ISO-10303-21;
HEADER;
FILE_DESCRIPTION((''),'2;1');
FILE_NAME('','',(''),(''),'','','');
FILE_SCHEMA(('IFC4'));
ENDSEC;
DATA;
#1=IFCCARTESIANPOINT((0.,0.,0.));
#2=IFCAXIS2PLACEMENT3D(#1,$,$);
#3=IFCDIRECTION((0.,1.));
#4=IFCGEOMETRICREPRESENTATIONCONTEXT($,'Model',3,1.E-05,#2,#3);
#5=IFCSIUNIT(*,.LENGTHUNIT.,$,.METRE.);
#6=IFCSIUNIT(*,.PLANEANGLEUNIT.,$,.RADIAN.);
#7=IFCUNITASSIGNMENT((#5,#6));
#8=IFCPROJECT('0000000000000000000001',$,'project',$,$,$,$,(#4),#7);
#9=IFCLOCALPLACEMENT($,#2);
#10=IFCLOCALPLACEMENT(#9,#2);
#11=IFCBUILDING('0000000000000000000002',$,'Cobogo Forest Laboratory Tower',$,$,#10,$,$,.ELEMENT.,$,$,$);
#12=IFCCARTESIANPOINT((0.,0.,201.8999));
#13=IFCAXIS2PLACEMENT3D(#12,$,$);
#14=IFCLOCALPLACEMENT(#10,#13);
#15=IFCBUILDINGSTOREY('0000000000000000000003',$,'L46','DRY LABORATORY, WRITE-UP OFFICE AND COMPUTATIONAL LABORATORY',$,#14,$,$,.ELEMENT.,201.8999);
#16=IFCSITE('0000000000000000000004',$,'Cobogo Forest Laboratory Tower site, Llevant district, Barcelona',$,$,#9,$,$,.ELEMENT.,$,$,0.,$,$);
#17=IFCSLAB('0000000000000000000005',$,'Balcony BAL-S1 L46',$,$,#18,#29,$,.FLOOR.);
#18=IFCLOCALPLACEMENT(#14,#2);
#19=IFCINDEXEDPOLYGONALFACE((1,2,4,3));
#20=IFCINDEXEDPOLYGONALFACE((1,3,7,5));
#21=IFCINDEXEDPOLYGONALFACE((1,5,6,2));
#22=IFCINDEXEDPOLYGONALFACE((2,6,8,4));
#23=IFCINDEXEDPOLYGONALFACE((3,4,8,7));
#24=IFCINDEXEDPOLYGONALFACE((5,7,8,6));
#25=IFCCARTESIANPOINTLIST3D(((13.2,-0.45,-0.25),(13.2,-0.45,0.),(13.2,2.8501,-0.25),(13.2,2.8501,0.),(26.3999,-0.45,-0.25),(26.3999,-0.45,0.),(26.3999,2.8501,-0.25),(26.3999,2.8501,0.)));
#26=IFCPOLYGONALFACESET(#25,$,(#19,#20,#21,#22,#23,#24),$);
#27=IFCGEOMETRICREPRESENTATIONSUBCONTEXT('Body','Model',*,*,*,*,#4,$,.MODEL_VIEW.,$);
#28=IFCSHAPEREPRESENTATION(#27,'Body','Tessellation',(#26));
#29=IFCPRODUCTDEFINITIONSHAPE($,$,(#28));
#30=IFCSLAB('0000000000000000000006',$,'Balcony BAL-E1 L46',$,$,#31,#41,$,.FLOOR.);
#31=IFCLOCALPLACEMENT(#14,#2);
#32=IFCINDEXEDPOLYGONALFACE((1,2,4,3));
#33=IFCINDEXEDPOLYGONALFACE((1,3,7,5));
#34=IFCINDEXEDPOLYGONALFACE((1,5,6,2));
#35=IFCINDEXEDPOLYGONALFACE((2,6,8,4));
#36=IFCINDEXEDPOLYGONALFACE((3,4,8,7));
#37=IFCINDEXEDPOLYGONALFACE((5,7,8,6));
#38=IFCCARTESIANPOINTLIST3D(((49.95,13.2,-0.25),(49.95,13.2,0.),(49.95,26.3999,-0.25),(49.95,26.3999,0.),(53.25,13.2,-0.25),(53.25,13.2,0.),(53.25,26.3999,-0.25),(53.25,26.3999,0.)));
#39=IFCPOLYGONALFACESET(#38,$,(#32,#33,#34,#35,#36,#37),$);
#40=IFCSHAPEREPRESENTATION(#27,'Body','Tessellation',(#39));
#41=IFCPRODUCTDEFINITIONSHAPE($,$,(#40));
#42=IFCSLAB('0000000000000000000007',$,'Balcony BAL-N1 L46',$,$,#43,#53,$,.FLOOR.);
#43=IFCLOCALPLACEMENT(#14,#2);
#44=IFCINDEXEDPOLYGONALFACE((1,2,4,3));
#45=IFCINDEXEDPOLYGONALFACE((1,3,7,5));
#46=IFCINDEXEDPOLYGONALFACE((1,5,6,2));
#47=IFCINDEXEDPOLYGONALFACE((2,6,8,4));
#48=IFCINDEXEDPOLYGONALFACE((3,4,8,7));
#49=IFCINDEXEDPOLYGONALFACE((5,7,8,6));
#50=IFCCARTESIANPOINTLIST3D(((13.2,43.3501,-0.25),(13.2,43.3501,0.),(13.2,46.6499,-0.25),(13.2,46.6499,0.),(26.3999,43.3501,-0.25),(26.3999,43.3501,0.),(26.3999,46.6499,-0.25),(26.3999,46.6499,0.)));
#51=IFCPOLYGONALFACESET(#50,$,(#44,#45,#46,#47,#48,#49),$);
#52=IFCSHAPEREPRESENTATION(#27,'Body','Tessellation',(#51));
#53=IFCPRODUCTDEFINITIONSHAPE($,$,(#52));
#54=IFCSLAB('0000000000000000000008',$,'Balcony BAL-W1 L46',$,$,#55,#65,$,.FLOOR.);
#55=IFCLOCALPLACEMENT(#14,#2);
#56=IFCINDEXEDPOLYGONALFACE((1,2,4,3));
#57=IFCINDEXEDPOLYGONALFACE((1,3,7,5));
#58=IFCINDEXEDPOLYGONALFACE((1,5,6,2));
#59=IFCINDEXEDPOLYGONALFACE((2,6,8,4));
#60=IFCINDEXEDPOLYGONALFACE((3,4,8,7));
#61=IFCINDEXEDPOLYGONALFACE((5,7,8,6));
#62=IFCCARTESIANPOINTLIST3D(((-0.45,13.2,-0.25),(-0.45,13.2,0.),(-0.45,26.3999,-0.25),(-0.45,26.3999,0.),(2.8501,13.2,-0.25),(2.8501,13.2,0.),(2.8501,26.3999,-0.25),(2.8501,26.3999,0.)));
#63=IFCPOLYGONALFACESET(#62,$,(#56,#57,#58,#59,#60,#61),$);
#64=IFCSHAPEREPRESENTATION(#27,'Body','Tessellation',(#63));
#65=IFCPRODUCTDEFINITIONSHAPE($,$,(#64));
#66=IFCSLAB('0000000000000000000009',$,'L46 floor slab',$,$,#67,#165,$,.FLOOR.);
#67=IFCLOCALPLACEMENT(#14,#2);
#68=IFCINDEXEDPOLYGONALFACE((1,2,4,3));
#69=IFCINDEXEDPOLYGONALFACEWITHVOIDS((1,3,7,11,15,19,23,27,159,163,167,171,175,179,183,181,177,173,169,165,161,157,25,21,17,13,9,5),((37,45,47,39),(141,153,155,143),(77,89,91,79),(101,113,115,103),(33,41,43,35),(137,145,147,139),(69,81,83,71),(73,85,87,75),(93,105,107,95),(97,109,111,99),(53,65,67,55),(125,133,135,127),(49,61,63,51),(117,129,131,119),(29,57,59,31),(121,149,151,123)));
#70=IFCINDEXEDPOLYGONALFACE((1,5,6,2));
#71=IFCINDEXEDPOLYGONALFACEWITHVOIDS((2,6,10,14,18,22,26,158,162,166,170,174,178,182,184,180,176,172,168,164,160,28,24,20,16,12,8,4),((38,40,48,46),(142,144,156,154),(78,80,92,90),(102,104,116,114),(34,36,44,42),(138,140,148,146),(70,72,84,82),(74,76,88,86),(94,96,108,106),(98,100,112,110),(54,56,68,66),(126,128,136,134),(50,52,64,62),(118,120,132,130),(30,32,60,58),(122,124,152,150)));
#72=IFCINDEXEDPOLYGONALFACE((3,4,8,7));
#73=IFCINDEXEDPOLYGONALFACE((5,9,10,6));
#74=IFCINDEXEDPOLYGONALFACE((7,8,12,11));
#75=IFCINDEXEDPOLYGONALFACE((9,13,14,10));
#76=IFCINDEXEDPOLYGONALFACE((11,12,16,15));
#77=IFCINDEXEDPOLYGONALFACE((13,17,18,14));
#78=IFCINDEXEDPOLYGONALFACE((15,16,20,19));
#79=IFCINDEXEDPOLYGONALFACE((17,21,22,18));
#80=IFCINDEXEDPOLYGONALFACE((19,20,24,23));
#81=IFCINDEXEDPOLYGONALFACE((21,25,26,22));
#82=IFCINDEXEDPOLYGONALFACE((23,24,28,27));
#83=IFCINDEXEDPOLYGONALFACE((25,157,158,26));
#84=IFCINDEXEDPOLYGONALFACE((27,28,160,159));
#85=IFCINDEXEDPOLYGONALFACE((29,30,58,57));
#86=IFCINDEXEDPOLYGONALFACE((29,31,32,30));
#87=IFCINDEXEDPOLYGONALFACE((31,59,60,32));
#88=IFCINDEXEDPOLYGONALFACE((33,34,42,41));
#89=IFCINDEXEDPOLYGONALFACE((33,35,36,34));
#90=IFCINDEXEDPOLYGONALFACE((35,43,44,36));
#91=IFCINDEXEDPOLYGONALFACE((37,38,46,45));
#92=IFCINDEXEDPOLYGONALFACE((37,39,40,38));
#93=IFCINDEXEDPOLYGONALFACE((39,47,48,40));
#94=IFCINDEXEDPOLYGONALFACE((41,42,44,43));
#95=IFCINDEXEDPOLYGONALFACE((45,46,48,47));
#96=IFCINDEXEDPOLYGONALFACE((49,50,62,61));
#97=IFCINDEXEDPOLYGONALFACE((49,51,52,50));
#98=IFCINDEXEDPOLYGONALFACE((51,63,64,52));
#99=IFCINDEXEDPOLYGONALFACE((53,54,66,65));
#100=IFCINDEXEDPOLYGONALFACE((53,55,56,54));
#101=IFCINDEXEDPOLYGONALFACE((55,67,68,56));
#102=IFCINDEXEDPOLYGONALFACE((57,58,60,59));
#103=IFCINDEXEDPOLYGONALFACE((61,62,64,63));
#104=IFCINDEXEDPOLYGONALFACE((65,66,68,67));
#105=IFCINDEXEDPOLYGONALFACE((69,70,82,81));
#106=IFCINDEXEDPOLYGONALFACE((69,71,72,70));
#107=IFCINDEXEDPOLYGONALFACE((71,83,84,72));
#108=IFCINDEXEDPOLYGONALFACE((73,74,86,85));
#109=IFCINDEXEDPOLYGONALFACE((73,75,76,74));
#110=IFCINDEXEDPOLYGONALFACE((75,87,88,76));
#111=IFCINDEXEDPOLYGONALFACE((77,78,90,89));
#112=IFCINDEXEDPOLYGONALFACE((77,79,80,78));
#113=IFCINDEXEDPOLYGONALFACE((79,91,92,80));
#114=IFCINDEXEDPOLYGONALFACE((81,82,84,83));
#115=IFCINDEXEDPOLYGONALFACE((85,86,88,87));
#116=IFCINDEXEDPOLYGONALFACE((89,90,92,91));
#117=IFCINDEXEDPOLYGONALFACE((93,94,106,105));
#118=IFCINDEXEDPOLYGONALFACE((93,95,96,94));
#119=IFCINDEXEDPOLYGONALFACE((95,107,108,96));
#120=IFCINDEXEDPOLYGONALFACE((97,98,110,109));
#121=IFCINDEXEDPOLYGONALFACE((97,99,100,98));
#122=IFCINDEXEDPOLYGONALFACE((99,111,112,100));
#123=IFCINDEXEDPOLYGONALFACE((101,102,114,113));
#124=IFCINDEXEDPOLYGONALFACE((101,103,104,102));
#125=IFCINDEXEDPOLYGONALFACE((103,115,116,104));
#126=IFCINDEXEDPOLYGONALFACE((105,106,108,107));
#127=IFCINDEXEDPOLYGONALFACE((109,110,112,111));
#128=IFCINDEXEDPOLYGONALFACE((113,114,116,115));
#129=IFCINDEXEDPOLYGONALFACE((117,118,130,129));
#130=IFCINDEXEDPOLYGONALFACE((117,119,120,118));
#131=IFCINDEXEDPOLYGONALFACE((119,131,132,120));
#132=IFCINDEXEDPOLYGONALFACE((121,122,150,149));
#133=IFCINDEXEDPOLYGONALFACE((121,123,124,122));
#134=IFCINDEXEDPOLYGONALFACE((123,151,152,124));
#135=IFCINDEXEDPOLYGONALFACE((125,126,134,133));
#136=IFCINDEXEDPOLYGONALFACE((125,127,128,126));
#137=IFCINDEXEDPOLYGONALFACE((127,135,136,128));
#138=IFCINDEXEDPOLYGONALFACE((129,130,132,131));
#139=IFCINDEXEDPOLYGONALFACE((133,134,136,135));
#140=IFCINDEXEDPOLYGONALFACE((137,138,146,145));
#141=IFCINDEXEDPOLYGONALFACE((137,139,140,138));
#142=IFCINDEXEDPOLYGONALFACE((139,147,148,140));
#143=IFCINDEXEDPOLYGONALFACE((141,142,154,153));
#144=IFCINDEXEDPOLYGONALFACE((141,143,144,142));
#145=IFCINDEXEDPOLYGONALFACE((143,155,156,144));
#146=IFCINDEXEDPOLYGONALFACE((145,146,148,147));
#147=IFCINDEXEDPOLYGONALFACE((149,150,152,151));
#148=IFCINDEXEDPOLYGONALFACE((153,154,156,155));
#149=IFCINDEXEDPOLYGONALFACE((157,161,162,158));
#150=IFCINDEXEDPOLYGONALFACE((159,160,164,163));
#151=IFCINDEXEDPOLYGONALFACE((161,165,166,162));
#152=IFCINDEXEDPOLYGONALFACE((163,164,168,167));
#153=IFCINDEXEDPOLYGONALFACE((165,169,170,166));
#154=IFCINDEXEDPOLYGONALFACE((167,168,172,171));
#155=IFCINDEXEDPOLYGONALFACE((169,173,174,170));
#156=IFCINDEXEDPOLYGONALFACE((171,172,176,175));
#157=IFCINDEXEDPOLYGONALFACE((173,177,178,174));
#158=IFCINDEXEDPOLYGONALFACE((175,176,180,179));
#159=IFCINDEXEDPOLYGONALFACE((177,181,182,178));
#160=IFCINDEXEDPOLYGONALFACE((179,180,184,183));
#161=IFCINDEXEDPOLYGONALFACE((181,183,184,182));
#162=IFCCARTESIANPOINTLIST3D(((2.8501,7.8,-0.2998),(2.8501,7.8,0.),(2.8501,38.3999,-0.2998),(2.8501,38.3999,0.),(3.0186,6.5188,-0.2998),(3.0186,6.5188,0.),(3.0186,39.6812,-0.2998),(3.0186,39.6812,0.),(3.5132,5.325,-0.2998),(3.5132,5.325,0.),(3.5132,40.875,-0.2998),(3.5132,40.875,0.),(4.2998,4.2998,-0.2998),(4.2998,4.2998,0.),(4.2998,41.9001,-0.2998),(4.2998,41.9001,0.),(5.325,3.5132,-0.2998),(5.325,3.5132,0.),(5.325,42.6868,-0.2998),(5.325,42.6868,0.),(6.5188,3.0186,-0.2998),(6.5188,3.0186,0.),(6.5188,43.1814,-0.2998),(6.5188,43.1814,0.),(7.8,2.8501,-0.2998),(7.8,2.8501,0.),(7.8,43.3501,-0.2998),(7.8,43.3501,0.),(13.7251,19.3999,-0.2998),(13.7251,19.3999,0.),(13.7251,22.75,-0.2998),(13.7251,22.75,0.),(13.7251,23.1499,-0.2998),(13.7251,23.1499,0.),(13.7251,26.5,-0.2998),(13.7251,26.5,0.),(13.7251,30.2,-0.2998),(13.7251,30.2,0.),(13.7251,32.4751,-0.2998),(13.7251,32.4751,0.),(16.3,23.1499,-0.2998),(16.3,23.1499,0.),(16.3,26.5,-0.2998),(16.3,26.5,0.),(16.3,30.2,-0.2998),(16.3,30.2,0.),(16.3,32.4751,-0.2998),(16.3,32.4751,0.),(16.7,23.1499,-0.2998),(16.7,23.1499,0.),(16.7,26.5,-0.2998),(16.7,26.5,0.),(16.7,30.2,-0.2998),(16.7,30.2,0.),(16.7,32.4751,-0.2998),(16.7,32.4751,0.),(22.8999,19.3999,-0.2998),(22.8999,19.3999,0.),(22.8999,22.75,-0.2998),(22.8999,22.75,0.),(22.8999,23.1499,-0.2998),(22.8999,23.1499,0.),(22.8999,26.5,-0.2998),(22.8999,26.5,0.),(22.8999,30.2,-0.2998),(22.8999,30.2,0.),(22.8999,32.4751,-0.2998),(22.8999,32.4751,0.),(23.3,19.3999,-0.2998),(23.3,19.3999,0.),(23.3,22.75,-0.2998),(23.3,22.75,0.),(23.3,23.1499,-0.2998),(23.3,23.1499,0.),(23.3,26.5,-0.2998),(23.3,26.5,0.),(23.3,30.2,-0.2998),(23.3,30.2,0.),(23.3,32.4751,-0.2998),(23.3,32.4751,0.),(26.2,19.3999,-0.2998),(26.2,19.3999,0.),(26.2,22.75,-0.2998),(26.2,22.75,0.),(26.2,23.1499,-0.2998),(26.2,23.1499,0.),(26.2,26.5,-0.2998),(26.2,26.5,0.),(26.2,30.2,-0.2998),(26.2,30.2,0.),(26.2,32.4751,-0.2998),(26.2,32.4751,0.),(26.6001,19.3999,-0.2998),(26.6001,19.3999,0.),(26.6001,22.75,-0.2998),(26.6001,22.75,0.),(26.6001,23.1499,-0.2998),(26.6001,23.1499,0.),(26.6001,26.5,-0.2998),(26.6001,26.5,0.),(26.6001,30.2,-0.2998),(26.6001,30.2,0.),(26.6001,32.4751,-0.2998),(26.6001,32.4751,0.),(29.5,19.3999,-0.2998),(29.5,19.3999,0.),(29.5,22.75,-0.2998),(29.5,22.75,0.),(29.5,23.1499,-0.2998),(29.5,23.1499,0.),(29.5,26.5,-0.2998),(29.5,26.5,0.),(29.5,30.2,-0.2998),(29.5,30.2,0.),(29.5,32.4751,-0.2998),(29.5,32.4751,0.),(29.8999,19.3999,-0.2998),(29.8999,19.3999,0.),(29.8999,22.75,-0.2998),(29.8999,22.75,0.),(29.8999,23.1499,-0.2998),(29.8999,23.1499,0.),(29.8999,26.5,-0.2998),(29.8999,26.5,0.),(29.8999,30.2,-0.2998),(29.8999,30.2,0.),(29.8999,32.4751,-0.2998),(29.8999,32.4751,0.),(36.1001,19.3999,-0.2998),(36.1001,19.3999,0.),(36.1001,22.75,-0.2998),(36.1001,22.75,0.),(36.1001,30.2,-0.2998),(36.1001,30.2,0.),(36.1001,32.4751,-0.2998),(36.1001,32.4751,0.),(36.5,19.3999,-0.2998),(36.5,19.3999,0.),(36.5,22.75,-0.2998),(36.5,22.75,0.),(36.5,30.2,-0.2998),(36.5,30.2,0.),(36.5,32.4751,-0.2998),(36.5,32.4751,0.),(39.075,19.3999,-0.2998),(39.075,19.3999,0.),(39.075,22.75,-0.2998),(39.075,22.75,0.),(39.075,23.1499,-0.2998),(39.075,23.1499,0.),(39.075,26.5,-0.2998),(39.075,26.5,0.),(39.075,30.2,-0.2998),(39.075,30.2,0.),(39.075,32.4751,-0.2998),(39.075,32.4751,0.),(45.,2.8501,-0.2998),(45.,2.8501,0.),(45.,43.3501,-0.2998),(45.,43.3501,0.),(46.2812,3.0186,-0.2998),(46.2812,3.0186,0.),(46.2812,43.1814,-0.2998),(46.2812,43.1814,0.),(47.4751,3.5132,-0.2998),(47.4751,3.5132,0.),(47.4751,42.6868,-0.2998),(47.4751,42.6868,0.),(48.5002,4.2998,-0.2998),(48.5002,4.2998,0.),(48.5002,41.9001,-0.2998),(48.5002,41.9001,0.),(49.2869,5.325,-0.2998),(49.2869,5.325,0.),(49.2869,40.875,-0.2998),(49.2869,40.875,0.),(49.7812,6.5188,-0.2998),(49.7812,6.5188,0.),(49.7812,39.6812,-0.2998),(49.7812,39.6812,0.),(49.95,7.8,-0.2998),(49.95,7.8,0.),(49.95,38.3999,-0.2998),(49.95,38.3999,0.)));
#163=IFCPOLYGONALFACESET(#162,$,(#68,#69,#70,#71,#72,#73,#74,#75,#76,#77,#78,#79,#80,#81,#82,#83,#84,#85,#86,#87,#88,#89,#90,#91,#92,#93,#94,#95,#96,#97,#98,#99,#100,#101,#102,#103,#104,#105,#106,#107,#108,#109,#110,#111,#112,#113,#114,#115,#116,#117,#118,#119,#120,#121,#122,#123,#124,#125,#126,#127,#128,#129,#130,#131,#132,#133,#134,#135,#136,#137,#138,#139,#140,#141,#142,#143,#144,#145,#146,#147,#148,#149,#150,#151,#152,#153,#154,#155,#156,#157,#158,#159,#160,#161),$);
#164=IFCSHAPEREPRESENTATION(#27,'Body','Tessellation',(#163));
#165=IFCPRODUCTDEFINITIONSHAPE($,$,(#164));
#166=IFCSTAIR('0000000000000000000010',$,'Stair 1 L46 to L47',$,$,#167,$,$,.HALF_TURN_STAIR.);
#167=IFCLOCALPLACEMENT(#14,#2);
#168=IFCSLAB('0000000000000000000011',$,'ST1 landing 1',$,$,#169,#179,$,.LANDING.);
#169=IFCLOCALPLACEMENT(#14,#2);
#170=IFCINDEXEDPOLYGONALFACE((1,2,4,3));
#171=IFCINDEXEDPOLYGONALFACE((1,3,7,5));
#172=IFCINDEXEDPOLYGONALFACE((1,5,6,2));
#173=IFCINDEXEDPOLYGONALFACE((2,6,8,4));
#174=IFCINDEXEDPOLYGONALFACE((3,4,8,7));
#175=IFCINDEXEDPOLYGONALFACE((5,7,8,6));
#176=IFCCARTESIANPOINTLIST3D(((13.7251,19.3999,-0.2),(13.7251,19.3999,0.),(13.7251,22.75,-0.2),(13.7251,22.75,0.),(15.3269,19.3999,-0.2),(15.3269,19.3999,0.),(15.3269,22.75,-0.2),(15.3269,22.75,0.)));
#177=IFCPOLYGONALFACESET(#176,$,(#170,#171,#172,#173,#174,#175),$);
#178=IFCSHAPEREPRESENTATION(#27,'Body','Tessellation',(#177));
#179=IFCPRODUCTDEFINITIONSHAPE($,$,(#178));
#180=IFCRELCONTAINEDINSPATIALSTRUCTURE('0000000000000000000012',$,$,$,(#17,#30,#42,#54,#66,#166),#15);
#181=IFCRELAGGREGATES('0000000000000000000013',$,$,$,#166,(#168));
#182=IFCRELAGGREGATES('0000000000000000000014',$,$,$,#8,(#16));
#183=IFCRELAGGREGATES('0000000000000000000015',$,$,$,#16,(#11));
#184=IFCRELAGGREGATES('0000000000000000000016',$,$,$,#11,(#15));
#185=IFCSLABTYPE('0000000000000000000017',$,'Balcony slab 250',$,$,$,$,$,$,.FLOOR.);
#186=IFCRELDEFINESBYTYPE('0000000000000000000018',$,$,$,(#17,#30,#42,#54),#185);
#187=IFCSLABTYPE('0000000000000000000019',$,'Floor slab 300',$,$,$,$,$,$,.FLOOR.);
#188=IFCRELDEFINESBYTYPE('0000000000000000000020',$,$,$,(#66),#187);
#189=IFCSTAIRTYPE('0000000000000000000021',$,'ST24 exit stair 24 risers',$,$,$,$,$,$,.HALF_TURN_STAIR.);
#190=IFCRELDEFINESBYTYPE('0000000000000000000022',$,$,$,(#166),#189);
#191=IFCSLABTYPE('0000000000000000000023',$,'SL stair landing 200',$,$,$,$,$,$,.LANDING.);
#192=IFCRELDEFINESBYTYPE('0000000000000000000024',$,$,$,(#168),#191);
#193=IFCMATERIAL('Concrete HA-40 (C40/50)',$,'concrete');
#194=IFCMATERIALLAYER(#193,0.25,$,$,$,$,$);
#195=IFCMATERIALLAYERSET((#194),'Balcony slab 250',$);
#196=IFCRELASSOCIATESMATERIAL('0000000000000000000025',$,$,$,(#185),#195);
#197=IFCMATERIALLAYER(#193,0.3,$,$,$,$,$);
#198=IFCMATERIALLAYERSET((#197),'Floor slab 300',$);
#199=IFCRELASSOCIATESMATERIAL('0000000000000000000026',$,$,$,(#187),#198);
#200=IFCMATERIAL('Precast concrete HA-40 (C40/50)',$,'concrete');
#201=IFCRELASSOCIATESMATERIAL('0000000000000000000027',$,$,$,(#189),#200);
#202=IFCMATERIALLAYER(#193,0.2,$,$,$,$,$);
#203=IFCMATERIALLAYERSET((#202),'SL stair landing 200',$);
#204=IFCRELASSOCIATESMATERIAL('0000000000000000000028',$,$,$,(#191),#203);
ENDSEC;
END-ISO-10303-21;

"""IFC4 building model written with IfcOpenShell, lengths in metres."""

from ifc_helpers import new_model, si_unit, direction, frame, origin, place, context, subcontext, project, spatial, polyline, outline, extrude, material, layer, layer_set, type_object, element, aggregate, save


model = new_model("IFC4")

# Units and contexts
model_context = context("Model", 3, precision=1e-05, world=origin(), true_north=direction((0.0, 1.0)))
body_context = subcontext(model_context, "Body", "Model", "MODEL_VIEW")
ifc_project = project(units=[si_unit("LENGTHUNIT", "METRE"), si_unit("PLANEANGLEUNIT", "RADIAN")], contexts=[model_context])

# Site, building, storey
site_placement = place(None, origin())
site = spatial("IfcSite", under=ifc_project, at=site_placement, Name="Cobogo Forest Laboratory Tower site, Llevant district, Barcelona", CompositionType="ELEMENT", RefElevation=0.0)
building_placement = place(site_placement, origin())
building = spatial("IfcBuilding", under=site, at=building_placement, Name="Cobogo Forest Laboratory Tower", CompositionType="ELEMENT")
storey_placement = place(building_placement, frame((0.0, 0.0, 201.8999)))
storey = spatial("IfcBuildingStorey", under=building, at=storey_placement, Name="L46", Description="DRY LABORATORY, WRITE-UP OFFICE AND COMPUTATIONAL LABORATORY", CompositionType="ELEMENT", Elevation=201.8999)

# Slabs
ifc_material_1 = material(Name="Concrete HA-40 (C40/50)", Category="concrete")
ifc_layer_1 = layer(ifc_material_1, 0.25)
ifc_layer_set_1 = layer_set([ifc_layer_1], Name="Balcony slab 250")
slab_type_1 = type_object("IfcSlabType", Name="Balcony slab 250", PredefinedType="FLOOR", material=ifc_layer_set_1)
slab_1_placement = place(storey_placement, frame((0.0, 0.0, -0.25)))
element("IfcSlab", 1, at=slab_1_placement, inside=storey, type_object=slab_type_1, Name="Balcony BAL-S1 L46", PredefinedType="FLOOR", context=body_context, shape_type="SweptSolid", body=[
    extrude(outline(polyline([(13.2, -0.45), (26.3999, -0.45), (26.3999, 2.8501), (13.2, 2.8501), (13.2, -0.45)])), origin(), (0.0, 0.0, 1.0), 0.25),
])
slab_2_placement = place(storey_placement, frame((0.0, 0.0, -0.25)))
element("IfcSlab", 2, at=slab_2_placement, inside=storey, type_object=slab_type_1, Name="Balcony BAL-E1 L46", PredefinedType="FLOOR", context=body_context, shape_type="SweptSolid", body=[
    extrude(outline(polyline([(49.95, 13.2), (53.25, 13.2), (53.25, 26.3999), (49.95, 26.3999), (49.95, 13.2)])), origin(), (0.0, 0.0, 1.0), 0.25),
])
slab_3_placement = place(storey_placement, frame((0.0, 0.0, -0.25)))
element("IfcSlab", 3, at=slab_3_placement, inside=storey, type_object=slab_type_1, Name="Balcony BAL-N1 L46", PredefinedType="FLOOR", context=body_context, shape_type="SweptSolid", body=[
    extrude(outline(polyline([(13.2, 43.3501), (26.3999, 43.3501), (26.3999, 46.6499), (13.2, 46.6499), (13.2, 43.3501)])), origin(), (0.0, 0.0, 1.0), 0.25),
])
slab_4_placement = place(storey_placement, frame((0.0, 0.0, -0.25)))
element("IfcSlab", 4, at=slab_4_placement, inside=storey, type_object=slab_type_1, Name="Balcony BAL-W1 L46", PredefinedType="FLOOR", context=body_context, shape_type="SweptSolid", body=[
    extrude(outline(polyline([(-0.45, 13.2), (2.8501, 13.2), (2.8501, 26.3999), (-0.45, 26.3999), (-0.45, 13.2)])), origin(), (0.0, 0.0, 1.0), 0.25),
])
ifc_layer_2 = layer(ifc_material_1, 0.3)
ifc_layer_set_2 = layer_set([ifc_layer_2], Name="Floor slab 300")
slab_type_2 = type_object("IfcSlabType", Name="Floor slab 300", PredefinedType="FLOOR", material=ifc_layer_set_2)
slab_5_placement = place(storey_placement, frame((0.0, 0.0, -0.2998)))
element("IfcSlab", 5, at=slab_5_placement, inside=storey, type_object=slab_type_2, Name="L46 floor slab", PredefinedType="FLOOR", context=body_context, shape_type="SweptSolid", body=[
    extrude(outline(polyline([(45.0, 2.8501), (46.2812, 3.0186), (47.4751, 3.5132), (48.5002, 4.2998), (49.2869, 5.325), (49.7812, 6.5188), (49.95, 7.8), (49.95, 38.3999), (49.7812, 39.6812), (49.2869, 40.875), (48.5002, 41.9001), (47.4751, 42.6868), (46.2812, 43.1814), (45.0, 43.3501), (7.8, 43.3501), (6.5188, 43.1814), (5.325, 42.6868), (4.2998, 41.9001), (3.5132, 40.875), (3.0186, 39.6812), (2.8501, 38.3999), (2.8501, 7.8), (3.0186, 6.5188), (3.5132, 5.325), (4.2998, 4.2998), (5.325, 3.5132), (6.5188, 3.0186), (7.8, 2.8501), (45.0, 2.8501)]), holes=[polyline([(22.8999, 19.3999), (13.7251, 19.3999), (13.7251, 22.75), (22.8999, 22.75), (22.8999, 19.3999)]), polyline([(26.2, 19.3999), (23.3, 19.3999), (23.3, 22.75), (26.2, 22.75), (26.2, 19.3999)]), polyline([(29.5, 19.3999), (26.6001, 19.3999), (26.6001, 22.75), (29.5, 22.75), (29.5, 19.3999)]), polyline([(36.1001, 22.75), (36.1001, 19.3999), (29.8999, 19.3999), (29.8999, 22.75), (36.1001, 22.75)]), polyline([(36.5, 19.3999), (36.5, 22.75), (39.075, 22.75), (39.075, 19.3999), (36.5, 19.3999)]), polyline([(16.3, 23.1499), (13.7251, 23.1499), (13.7251, 26.5), (16.3, 26.5), (16.3, 23.1499)]), polyline([(22.8999, 26.5), (22.8999, 23.1499), (16.7, 23.1499), (16.7, 26.5), (22.8999, 26.5)]), polyline([(26.2, 23.1499), (23.3, 23.1499), (23.3, 26.5), (26.2, 26.5), (26.2, 23.1499)]), polyline([(26.6001, 23.1499), (26.6001, 26.5), (29.5, 26.5), (29.5, 23.1499), (26.6001, 23.1499)]), polyline([(39.075, 23.1499), (29.8999, 23.1499), (29.8999, 26.5), (39.075, 26.5), (39.075, 23.1499)]), polyline([(16.3, 30.2), (13.7251, 30.2), (13.7251, 32.4751), (16.3, 32.4751), (16.3, 30.2)]), polyline([(22.8999, 32.4751), (22.8999, 30.2), (16.7, 30.2), (16.7, 32.4751), (22.8999, 32.4751)]), polyline([(23.3, 30.2), (23.3, 32.4751), (26.2, 32.4751), (26.2, 30.2), (23.3, 30.2)]), polyline([(29.5, 30.2), (26.6001, 30.2), (26.6001, 32.4751), (29.5, 32.4751), (29.5, 30.2)]), polyline([(36.1001, 32.4751), (36.1001, 30.2), (29.8999, 30.2), (29.8999, 32.4751), (36.1001, 32.4751)]), polyline([(36.5, 30.2), (36.5, 32.4751), (39.075, 32.4751), (39.075, 30.2), (36.5, 30.2)])]), origin(), (0.0, 0.0, 1.0), 0.2998),
])

# Stair, slab
ifc_material_2 = material(Name="Precast concrete HA-40 (C40/50)", Category="concrete")
stair_type = type_object("IfcStairType", Name="ST24 exit stair 24 risers", PredefinedType="HALF_TURN_STAIR", material=ifc_material_2)
stair_1_placement = place(storey_placement, origin())
stair_1 = element("IfcStair", 6, at=stair_1_placement, inside=storey, type_object=stair_type, Name="Stair 1 L46 to L47", PredefinedType="HALF_TURN_STAIR")
ifc_layer_3 = layer(ifc_material_1, 0.2)
ifc_layer_set_3 = layer_set([ifc_layer_3], Name="SL stair landing 200")
slab_type_3 = type_object("IfcSlabType", Name="SL stair landing 200", PredefinedType="LANDING", material=ifc_layer_set_3)
slab_6_placement = place(storey_placement, frame((0.0, 0.0, -0.2)))
slab_6 = element("IfcSlab", 7, at=slab_6_placement, type_object=slab_type_3, Name="ST1 landing 1", PredefinedType="LANDING", context=body_context, shape_type="SweptSolid", body=[
    extrude(outline(polyline([(13.7251, 19.3999), (15.3269, 19.3999), (15.3269, 22.75), (13.7251, 22.75), (13.7251, 19.3999)])), origin(), (0.0, 0.0, 1.0), 0.2),
])
aggregate(stair_1, [slab_6])

save(model, "model.ifc")
